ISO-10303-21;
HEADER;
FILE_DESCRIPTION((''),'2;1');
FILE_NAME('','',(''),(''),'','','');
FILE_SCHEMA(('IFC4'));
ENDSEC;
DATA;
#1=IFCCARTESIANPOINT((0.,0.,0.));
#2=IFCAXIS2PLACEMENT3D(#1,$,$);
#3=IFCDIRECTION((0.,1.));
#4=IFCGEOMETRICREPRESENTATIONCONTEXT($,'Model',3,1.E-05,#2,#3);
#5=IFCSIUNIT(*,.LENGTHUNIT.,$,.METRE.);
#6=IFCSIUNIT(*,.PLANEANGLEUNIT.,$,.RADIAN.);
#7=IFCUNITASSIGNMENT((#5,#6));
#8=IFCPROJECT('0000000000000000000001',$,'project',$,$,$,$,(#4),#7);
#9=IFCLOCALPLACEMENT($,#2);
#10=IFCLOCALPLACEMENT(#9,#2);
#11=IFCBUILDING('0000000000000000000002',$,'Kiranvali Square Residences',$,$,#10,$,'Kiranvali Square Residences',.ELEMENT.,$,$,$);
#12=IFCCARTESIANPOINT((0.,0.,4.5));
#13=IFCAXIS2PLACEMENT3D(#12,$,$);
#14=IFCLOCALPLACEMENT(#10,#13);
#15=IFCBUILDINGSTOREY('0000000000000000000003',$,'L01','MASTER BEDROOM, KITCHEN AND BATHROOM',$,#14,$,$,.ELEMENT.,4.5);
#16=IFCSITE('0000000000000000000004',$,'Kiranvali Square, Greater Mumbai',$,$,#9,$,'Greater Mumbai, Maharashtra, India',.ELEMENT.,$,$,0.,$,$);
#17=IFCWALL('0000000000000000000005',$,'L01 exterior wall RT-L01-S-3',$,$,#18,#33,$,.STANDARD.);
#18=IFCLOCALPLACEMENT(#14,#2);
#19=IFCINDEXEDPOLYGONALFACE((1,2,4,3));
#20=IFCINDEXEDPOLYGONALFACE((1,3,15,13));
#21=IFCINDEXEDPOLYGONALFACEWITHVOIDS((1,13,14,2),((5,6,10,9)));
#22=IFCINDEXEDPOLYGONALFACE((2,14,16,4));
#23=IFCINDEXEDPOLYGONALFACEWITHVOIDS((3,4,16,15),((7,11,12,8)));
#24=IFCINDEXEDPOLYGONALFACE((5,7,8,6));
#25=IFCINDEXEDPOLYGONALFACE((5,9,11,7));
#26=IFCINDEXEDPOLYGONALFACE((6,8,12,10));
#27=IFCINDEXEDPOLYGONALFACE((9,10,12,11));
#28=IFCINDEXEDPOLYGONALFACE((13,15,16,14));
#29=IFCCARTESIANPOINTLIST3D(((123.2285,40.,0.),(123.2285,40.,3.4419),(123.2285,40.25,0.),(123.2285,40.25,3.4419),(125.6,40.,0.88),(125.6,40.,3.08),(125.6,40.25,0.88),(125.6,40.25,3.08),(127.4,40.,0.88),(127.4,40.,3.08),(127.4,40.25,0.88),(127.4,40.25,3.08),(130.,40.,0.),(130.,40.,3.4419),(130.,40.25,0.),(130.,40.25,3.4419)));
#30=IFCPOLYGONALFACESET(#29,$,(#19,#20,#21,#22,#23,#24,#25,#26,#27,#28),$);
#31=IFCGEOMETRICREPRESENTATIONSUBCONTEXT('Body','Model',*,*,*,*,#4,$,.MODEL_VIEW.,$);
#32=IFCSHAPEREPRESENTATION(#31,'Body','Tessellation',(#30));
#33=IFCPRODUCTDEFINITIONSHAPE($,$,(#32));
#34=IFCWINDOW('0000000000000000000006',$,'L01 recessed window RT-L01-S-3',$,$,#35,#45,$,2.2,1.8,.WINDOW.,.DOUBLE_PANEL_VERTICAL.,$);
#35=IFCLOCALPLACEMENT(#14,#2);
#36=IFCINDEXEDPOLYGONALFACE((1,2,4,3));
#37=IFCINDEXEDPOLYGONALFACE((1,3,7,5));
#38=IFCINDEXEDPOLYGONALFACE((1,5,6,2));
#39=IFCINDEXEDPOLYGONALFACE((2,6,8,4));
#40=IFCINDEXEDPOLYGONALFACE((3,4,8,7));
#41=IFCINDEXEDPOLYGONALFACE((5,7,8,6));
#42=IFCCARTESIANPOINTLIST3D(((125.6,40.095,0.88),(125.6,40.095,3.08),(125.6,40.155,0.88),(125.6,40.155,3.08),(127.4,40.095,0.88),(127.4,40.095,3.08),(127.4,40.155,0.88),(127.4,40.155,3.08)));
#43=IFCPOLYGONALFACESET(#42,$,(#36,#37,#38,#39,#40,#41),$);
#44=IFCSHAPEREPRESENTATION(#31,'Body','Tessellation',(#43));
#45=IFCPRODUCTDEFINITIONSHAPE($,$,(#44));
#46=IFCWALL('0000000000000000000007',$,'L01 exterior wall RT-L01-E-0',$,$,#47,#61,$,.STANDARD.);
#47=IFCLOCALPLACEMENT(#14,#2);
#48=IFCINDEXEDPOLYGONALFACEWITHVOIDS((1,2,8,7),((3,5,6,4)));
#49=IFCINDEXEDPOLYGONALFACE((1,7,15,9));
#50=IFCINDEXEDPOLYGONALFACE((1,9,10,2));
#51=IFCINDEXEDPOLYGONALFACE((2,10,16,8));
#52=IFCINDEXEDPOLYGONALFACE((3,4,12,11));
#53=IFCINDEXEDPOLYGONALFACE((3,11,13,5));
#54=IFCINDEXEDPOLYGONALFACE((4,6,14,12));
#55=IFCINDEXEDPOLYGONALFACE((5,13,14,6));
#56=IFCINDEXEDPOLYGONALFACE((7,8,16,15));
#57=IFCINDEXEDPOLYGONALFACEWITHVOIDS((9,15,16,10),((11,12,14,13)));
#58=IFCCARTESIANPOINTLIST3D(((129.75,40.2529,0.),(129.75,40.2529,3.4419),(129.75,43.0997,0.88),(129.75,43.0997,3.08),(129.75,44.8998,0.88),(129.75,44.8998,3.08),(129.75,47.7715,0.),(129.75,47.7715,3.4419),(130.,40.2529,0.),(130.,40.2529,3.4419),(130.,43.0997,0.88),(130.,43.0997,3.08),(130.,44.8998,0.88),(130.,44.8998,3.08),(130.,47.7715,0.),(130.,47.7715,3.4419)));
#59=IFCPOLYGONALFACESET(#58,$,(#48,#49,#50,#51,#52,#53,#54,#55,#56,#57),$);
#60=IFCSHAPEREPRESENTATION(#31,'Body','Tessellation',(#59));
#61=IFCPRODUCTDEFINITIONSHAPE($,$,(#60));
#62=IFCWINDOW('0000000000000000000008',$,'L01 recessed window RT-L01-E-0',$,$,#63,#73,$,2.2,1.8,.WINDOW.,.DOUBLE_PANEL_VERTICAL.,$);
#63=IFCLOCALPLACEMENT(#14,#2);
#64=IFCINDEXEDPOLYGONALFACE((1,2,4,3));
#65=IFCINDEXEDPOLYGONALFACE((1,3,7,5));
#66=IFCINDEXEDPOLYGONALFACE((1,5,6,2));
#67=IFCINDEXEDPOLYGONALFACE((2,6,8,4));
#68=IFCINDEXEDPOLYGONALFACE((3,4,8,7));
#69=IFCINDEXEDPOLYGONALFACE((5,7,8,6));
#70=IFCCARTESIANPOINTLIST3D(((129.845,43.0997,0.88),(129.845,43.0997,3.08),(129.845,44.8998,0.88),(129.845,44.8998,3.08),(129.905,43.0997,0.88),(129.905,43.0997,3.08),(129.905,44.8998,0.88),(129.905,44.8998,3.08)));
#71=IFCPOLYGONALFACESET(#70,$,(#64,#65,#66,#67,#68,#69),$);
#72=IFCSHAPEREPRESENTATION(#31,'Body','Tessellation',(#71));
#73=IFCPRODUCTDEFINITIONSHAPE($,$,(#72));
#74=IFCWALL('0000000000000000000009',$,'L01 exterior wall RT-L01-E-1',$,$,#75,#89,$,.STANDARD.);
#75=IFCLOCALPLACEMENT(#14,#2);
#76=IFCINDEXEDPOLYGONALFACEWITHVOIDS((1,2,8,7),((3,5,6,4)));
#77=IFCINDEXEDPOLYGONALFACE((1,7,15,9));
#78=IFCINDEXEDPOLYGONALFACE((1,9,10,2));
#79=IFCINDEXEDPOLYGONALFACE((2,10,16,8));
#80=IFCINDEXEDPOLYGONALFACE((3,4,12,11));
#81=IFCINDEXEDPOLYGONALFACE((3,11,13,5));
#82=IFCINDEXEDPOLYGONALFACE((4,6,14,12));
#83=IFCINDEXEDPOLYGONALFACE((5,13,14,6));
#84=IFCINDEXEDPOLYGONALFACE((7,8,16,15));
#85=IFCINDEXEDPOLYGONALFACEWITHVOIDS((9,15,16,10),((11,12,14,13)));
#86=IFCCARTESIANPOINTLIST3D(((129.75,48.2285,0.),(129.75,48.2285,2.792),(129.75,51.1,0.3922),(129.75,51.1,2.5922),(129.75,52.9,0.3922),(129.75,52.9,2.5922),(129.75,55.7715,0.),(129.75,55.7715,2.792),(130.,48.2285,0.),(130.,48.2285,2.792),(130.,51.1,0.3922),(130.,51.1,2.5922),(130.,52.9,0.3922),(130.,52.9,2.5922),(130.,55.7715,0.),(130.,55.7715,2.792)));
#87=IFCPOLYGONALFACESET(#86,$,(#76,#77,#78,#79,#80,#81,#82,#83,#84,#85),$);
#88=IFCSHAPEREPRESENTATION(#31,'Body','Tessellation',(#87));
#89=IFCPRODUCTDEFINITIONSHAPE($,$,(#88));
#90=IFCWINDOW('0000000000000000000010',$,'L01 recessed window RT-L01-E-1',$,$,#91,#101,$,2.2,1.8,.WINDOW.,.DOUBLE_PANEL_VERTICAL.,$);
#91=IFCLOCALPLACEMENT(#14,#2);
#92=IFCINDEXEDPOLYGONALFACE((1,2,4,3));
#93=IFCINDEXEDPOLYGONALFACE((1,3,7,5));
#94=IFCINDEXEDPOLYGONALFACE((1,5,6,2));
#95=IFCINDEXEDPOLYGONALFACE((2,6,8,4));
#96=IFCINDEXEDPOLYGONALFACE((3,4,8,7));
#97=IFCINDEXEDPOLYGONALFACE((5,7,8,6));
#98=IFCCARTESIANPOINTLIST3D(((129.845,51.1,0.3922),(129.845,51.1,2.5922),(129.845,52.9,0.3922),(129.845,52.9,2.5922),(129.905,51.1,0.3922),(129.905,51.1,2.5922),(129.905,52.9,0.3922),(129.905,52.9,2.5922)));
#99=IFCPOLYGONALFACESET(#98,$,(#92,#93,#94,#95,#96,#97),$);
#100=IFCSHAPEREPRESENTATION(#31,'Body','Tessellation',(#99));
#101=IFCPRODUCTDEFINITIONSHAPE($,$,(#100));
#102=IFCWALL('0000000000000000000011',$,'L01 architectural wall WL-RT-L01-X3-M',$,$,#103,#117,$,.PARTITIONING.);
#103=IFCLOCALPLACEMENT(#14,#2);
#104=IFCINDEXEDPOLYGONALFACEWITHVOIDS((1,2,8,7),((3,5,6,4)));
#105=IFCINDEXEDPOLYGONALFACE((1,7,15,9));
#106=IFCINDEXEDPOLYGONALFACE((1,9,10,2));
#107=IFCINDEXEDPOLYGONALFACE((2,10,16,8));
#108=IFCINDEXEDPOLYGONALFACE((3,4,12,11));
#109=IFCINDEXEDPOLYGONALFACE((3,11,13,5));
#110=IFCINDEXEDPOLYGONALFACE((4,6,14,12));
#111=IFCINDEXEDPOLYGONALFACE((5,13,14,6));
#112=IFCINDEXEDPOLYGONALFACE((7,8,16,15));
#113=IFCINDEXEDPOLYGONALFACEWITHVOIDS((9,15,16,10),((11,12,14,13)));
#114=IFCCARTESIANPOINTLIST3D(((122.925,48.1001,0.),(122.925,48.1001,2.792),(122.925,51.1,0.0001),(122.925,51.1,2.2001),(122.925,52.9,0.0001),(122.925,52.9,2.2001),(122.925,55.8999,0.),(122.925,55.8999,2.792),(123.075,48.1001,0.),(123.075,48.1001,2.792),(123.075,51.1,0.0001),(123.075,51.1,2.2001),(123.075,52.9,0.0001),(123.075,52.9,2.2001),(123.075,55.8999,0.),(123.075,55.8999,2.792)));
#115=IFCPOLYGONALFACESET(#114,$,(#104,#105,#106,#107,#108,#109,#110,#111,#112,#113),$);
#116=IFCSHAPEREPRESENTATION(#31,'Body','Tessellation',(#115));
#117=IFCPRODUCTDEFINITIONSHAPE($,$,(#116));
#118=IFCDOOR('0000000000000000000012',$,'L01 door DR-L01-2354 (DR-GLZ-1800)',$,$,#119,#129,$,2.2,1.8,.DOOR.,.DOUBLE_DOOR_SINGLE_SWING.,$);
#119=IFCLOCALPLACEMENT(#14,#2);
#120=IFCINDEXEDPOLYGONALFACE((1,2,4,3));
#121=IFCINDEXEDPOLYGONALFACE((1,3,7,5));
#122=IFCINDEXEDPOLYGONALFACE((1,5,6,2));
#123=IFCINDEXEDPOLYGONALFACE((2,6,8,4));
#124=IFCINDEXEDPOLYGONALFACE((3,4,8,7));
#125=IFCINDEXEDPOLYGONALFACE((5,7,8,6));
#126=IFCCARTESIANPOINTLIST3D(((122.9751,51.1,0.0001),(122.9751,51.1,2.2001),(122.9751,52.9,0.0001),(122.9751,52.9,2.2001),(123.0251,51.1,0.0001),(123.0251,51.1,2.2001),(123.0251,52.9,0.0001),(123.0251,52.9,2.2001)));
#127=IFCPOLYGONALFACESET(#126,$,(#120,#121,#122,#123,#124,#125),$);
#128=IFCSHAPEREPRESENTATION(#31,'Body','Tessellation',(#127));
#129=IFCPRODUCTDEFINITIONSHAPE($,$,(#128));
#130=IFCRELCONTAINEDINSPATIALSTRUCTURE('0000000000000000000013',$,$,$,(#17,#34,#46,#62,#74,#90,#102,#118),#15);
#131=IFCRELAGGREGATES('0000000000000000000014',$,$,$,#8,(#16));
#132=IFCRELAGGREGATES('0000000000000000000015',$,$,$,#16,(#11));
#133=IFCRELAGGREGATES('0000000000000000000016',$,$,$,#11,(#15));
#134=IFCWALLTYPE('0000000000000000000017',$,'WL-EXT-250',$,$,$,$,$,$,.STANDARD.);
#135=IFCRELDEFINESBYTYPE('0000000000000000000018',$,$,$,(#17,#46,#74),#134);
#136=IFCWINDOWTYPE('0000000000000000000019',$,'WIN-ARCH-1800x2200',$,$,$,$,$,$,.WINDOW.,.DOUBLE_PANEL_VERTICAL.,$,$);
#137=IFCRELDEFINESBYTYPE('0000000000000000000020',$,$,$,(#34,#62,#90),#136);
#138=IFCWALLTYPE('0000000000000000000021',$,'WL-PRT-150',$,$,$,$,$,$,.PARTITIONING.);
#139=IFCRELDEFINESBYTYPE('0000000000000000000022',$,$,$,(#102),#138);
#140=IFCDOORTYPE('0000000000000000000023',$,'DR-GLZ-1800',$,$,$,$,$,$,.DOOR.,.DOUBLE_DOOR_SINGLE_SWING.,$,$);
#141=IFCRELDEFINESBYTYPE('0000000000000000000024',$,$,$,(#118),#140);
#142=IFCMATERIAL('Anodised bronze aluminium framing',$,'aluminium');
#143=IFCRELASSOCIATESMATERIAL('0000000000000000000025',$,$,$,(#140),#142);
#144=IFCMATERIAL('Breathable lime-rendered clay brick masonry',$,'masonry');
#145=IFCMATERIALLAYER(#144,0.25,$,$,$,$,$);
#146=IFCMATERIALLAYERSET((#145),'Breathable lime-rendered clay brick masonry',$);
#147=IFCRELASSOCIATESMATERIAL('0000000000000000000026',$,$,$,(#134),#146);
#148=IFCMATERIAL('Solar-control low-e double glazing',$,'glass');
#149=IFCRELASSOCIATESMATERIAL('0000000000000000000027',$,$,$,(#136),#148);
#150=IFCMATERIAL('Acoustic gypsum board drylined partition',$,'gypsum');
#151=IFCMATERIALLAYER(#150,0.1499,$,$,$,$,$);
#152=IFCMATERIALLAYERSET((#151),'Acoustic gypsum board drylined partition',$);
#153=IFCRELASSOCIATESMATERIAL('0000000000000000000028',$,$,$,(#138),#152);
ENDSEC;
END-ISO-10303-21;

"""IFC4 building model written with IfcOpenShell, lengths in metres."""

from ifc_helpers import new_model, si_unit, direction, frame, frame_2d, origin, place, context, subcontext, project, spatial, rectangle, extrude, material, layer, layer_set, type_object, element, fill, save


model = new_model("IFC4")

# Units and contexts
model_context = context("Model", 3, precision=1e-05, world=origin(), true_north=direction((0.0, 1.0)))
body_context = subcontext(model_context, "Body", "Model", "MODEL_VIEW")
ifc_project = project(units=[si_unit("LENGTHUNIT", "METRE"), si_unit("PLANEANGLEUNIT", "RADIAN")], contexts=[model_context])

# Site, building, storey
site_placement = place(None, origin())
site = spatial("IfcSite", under=ifc_project, at=site_placement, Name="Kiranvali Square, Greater Mumbai", LongName="Greater Mumbai, Maharashtra, India", CompositionType="ELEMENT", RefElevation=0.0)
building_placement = place(site_placement, origin())
building = spatial("IfcBuilding", under=site, at=building_placement, Name="Kiranvali Square Residences", LongName="Kiranvali Square Residences", CompositionType="ELEMENT")
storey_placement = place(building_placement, frame((0.0, 0.0, 4.5)))
storey = spatial("IfcBuildingStorey", under=building, at=storey_placement, Name="L01", Description="MASTER BEDROOM, KITCHEN AND BATHROOM", CompositionType="ELEMENT", Elevation=4.5)

# Shared definitions
ifc_material_1 = material(Name="Anodised bronze aluminium framing", Category="aluminium")
door_type = type_object("IfcDoorType", Name="DR-GLZ-1800", OperationType="DOUBLE_DOOR_SINGLE_SWING", PredefinedType="DOOR", material=ifc_material_1)

# Walls, openings, windows
ifc_material_2 = material(Name="Breathable lime-rendered clay brick masonry", Category="masonry")
ifc_layer_1 = layer(ifc_material_2, 0.25)
ifc_layer_set_1 = layer_set([ifc_layer_1], Name="Breathable lime-rendered clay brick masonry")
wall_type_1 = type_object("IfcWallType", Name="WL-EXT-250", PredefinedType="STANDARD", material=ifc_layer_set_1)
wall_1_placement = place(storey_placement, frame((123.2285, 40.125, 0.0), z_axis=(0.0, 0.0, 1.0), x_axis=(1.0, 0.0, 0.0)))
wall_1 = element("IfcWall", 1, at=wall_1_placement, inside=storey, type_object=wall_type_1, Name="L01 exterior wall RT-L01-S-3", PredefinedType="STANDARD", context=body_context, shape_type="SweptSolid", body=[
    extrude(rectangle(XDim=6.7715, YDim=0.25, at=frame_2d((3.3857, 0.0))), origin(), (0.0, 0.0, 1.0), 3.4419),
])
opening_1_placement = place(wall_1_placement, frame((2.3716, 0.0, 0.8799)))
opening_1 = element("IfcOpeningElement", 2, at=opening_1_placement, cuts=wall_1, PredefinedType="OPENING", context=body_context, shape_type="SweptSolid", body=[
    extrude(rectangle(XDim=1.8, YDim=2.2, at=frame_2d((0.8999, 1.1001))), frame((0.0, 0.135, 0.0), z_axis=(0.0, -1.0, 0.0), x_axis=(1.0, 0.0, 0.0)), (0.0, 0.0, 1.0), 0.27),
])
ifc_material_3 = material(Name="Solar-control low-e double glazing", Category="glass")
window_type = type_object("IfcWindowType", Name="WIN-ARCH-1800x2200", PartitioningType="DOUBLE_PANEL_VERTICAL", PredefinedType="WINDOW", material=ifc_material_3)
window_1_placement = place(opening_1_placement, origin())
window_1 = element("IfcWindow", 3, at=window_1_placement, inside=storey, type_object=window_type, Name="L01 recessed window RT-L01-S-3", OverallHeight=2.2, OverallWidth=1.8, PartitioningType="DOUBLE_PANEL_VERTICAL", PredefinedType="WINDOW", context=body_context, shape_type="SweptSolid", body=[
    extrude(rectangle(XDim=1.8, YDim=2.2, at=frame_2d((0.8999, 1.1001))), frame((0.0, 0.03, 0.0), z_axis=(0.0, -1.0, 0.0), x_axis=(1.0, 0.0, 0.0)), (0.0, 0.0, 1.0), 0.0601),
])
fill(opening_1, window_1)
wall_2_placement = place(storey_placement, frame((129.875, 40.2529, 0.0), z_axis=(0.0, 0.0, 1.0), x_axis=(0.0, 1.0, 0.0)))
wall_2 = element("IfcWall", 4, at=wall_2_placement, inside=storey, type_object=wall_type_1, Name="L01 exterior wall RT-L01-E-0", PredefinedType="STANDARD", context=body_context, shape_type="SweptSolid", body=[
    extrude(rectangle(XDim=7.5186, YDim=0.25, at=frame_2d((3.7593, 0.0))), origin(), (0.0, 0.0, 1.0), 3.4419),
])
opening_2_placement = place(wall_2_placement, frame((2.8469, 0.0, 0.8799)))
opening_2 = element("IfcOpeningElement", 5, at=opening_2_placement, cuts=wall_2, PredefinedType="OPENING", context=body_context, shape_type="SweptSolid", body=[
    extrude(rectangle(XDim=1.8, YDim=2.2, at=frame_2d((0.8999, 1.1001))), frame((0.0, 0.135, 0.0), z_axis=(0.0, -1.0, 0.0), x_axis=(1.0, 0.0, 0.0)), (0.0, 0.0, 1.0), 0.27),
])
window_2_placement = place(opening_2_placement, origin())
window_2 = element("IfcWindow", 6, at=window_2_placement, inside=storey, type_object=window_type, Name="L01 recessed window RT-L01-E-0", OverallHeight=2.2, OverallWidth=1.8, PartitioningType="DOUBLE_PANEL_VERTICAL", PredefinedType="WINDOW", context=body_context, shape_type="SweptSolid", body=[
    extrude(rectangle(XDim=1.8, YDim=2.2, at=frame_2d((0.8999, 1.1001))), frame((0.0, 0.03, 0.0), z_axis=(0.0, -1.0, 0.0), x_axis=(1.0, 0.0, 0.0)), (0.0, 0.0, 1.0), 0.0601),
])
fill(opening_2, window_2)
wall_3_placement = place(storey_placement, frame((129.875, 48.2285, 0.0), z_axis=(0.0, 0.0, 1.0), x_axis=(0.0, 1.0, 0.0)))
wall_3 = element("IfcWall", 7, at=wall_3_placement, inside=storey, type_object=wall_type_1, Name="L01 exterior wall RT-L01-E-1", PredefinedType="STANDARD", context=body_context, shape_type="SweptSolid", body=[
    extrude(rectangle(XDim=7.543, YDim=0.25, at=frame_2d((3.7715, 0.0))), origin(), (0.0, 0.0, 1.0), 2.792),
])
opening_3_placement = place(wall_3_placement, frame((2.8716, 0.0, 0.3921)))
opening_3 = element("IfcOpeningElement", 8, at=opening_3_placement, cuts=wall_3, PredefinedType="OPENING", context=body_context, shape_type="SweptSolid", body=[
    extrude(rectangle(XDim=1.8, YDim=2.2, at=frame_2d((0.8999, 1.1001))), frame((0.0, 0.135, 0.0), z_axis=(0.0, -1.0, 0.0), x_axis=(1.0, 0.0, 0.0)), (0.0, 0.0, 1.0), 0.27),
])
window_3_placement = place(opening_3_placement, origin())
window_3 = element("IfcWindow", 9, at=window_3_placement, inside=storey, type_object=window_type, Name="L01 recessed window RT-L01-E-1", OverallHeight=2.2, OverallWidth=1.8, PartitioningType="DOUBLE_PANEL_VERTICAL", PredefinedType="WINDOW", context=body_context, shape_type="SweptSolid", body=[
    extrude(rectangle(XDim=1.8, YDim=2.2, at=frame_2d((0.8999, 1.1001))), frame((0.0, 0.03, 0.0), z_axis=(0.0, -1.0, 0.0), x_axis=(1.0, 0.0, 0.0)), (0.0, 0.0, 1.0), 0.0601),
])
fill(opening_3, window_3)

# Wall, opening, door
ifc_material_4 = material(Name="Acoustic gypsum board drylined partition", Category="gypsum")
ifc_layer_2 = layer(ifc_material_4, 0.1499)
ifc_layer_set_2 = layer_set([ifc_layer_2], Name="Acoustic gypsum board drylined partition")
wall_type_2 = type_object("IfcWallType", Name="WL-PRT-150", PredefinedType="PARTITIONING", material=ifc_layer_set_2)
wall_4_placement = place(storey_placement, frame((123.0, 48.1001, 0.0), z_axis=(0.0, 0.0, 1.0), x_axis=(0.0, 1.0, 0.0)))
wall_4 = element("IfcWall", 10, at=wall_4_placement, inside=storey, type_object=wall_type_2, Name="L01 architectural wall WL-RT-L01-X3-M", PredefinedType="PARTITIONING", context=body_context, shape_type="SweptSolid", body=[
    extrude(rectangle(XDim=7.7998, YDim=0.1499, at=frame_2d((3.8999, 0.0))), origin(), (0.0, 0.0, 1.0), 2.792),
])
opening_4_placement = place(wall_4_placement, frame((3.0, 0.0, 0.0)))
opening_4 = element("IfcOpeningElement", 11, at=opening_4_placement, cuts=wall_4, PredefinedType="OPENING", context=body_context, shape_type="SweptSolid", body=[
    extrude(rectangle(XDim=1.8, YDim=2.2, at=frame_2d((0.8999, 1.1001))), frame((0.0, 0.085, 0.0), z_axis=(0.0, -1.0, 0.0), x_axis=(1.0, 0.0, 0.0)), (0.0, 0.0, 1.0), 0.1699),
])
door_1_placement = place(opening_4_placement, origin())
door_1 = element("IfcDoor", 12, at=door_1_placement, inside=storey, type_object=door_type, Name="L01 door DR-L01-2354 (DR-GLZ-1800)", OperationType="DOUBLE_DOOR_SINGLE_SWING", OverallHeight=2.2, OverallWidth=1.8, PredefinedType="DOOR", context=body_context, shape_type="SweptSolid", body=[
    extrude(rectangle(XDim=1.8, YDim=2.2, at=frame_2d((0.8999, 1.1001))), frame((0.0, 0.0249, 0.0), z_axis=(0.0, -1.0, 0.0), x_axis=(1.0, 0.0, 0.0)), (0.0, 0.0, 1.0), 0.05),
])
fill(opening_4, door_1)

save(model, "model.ifc")
